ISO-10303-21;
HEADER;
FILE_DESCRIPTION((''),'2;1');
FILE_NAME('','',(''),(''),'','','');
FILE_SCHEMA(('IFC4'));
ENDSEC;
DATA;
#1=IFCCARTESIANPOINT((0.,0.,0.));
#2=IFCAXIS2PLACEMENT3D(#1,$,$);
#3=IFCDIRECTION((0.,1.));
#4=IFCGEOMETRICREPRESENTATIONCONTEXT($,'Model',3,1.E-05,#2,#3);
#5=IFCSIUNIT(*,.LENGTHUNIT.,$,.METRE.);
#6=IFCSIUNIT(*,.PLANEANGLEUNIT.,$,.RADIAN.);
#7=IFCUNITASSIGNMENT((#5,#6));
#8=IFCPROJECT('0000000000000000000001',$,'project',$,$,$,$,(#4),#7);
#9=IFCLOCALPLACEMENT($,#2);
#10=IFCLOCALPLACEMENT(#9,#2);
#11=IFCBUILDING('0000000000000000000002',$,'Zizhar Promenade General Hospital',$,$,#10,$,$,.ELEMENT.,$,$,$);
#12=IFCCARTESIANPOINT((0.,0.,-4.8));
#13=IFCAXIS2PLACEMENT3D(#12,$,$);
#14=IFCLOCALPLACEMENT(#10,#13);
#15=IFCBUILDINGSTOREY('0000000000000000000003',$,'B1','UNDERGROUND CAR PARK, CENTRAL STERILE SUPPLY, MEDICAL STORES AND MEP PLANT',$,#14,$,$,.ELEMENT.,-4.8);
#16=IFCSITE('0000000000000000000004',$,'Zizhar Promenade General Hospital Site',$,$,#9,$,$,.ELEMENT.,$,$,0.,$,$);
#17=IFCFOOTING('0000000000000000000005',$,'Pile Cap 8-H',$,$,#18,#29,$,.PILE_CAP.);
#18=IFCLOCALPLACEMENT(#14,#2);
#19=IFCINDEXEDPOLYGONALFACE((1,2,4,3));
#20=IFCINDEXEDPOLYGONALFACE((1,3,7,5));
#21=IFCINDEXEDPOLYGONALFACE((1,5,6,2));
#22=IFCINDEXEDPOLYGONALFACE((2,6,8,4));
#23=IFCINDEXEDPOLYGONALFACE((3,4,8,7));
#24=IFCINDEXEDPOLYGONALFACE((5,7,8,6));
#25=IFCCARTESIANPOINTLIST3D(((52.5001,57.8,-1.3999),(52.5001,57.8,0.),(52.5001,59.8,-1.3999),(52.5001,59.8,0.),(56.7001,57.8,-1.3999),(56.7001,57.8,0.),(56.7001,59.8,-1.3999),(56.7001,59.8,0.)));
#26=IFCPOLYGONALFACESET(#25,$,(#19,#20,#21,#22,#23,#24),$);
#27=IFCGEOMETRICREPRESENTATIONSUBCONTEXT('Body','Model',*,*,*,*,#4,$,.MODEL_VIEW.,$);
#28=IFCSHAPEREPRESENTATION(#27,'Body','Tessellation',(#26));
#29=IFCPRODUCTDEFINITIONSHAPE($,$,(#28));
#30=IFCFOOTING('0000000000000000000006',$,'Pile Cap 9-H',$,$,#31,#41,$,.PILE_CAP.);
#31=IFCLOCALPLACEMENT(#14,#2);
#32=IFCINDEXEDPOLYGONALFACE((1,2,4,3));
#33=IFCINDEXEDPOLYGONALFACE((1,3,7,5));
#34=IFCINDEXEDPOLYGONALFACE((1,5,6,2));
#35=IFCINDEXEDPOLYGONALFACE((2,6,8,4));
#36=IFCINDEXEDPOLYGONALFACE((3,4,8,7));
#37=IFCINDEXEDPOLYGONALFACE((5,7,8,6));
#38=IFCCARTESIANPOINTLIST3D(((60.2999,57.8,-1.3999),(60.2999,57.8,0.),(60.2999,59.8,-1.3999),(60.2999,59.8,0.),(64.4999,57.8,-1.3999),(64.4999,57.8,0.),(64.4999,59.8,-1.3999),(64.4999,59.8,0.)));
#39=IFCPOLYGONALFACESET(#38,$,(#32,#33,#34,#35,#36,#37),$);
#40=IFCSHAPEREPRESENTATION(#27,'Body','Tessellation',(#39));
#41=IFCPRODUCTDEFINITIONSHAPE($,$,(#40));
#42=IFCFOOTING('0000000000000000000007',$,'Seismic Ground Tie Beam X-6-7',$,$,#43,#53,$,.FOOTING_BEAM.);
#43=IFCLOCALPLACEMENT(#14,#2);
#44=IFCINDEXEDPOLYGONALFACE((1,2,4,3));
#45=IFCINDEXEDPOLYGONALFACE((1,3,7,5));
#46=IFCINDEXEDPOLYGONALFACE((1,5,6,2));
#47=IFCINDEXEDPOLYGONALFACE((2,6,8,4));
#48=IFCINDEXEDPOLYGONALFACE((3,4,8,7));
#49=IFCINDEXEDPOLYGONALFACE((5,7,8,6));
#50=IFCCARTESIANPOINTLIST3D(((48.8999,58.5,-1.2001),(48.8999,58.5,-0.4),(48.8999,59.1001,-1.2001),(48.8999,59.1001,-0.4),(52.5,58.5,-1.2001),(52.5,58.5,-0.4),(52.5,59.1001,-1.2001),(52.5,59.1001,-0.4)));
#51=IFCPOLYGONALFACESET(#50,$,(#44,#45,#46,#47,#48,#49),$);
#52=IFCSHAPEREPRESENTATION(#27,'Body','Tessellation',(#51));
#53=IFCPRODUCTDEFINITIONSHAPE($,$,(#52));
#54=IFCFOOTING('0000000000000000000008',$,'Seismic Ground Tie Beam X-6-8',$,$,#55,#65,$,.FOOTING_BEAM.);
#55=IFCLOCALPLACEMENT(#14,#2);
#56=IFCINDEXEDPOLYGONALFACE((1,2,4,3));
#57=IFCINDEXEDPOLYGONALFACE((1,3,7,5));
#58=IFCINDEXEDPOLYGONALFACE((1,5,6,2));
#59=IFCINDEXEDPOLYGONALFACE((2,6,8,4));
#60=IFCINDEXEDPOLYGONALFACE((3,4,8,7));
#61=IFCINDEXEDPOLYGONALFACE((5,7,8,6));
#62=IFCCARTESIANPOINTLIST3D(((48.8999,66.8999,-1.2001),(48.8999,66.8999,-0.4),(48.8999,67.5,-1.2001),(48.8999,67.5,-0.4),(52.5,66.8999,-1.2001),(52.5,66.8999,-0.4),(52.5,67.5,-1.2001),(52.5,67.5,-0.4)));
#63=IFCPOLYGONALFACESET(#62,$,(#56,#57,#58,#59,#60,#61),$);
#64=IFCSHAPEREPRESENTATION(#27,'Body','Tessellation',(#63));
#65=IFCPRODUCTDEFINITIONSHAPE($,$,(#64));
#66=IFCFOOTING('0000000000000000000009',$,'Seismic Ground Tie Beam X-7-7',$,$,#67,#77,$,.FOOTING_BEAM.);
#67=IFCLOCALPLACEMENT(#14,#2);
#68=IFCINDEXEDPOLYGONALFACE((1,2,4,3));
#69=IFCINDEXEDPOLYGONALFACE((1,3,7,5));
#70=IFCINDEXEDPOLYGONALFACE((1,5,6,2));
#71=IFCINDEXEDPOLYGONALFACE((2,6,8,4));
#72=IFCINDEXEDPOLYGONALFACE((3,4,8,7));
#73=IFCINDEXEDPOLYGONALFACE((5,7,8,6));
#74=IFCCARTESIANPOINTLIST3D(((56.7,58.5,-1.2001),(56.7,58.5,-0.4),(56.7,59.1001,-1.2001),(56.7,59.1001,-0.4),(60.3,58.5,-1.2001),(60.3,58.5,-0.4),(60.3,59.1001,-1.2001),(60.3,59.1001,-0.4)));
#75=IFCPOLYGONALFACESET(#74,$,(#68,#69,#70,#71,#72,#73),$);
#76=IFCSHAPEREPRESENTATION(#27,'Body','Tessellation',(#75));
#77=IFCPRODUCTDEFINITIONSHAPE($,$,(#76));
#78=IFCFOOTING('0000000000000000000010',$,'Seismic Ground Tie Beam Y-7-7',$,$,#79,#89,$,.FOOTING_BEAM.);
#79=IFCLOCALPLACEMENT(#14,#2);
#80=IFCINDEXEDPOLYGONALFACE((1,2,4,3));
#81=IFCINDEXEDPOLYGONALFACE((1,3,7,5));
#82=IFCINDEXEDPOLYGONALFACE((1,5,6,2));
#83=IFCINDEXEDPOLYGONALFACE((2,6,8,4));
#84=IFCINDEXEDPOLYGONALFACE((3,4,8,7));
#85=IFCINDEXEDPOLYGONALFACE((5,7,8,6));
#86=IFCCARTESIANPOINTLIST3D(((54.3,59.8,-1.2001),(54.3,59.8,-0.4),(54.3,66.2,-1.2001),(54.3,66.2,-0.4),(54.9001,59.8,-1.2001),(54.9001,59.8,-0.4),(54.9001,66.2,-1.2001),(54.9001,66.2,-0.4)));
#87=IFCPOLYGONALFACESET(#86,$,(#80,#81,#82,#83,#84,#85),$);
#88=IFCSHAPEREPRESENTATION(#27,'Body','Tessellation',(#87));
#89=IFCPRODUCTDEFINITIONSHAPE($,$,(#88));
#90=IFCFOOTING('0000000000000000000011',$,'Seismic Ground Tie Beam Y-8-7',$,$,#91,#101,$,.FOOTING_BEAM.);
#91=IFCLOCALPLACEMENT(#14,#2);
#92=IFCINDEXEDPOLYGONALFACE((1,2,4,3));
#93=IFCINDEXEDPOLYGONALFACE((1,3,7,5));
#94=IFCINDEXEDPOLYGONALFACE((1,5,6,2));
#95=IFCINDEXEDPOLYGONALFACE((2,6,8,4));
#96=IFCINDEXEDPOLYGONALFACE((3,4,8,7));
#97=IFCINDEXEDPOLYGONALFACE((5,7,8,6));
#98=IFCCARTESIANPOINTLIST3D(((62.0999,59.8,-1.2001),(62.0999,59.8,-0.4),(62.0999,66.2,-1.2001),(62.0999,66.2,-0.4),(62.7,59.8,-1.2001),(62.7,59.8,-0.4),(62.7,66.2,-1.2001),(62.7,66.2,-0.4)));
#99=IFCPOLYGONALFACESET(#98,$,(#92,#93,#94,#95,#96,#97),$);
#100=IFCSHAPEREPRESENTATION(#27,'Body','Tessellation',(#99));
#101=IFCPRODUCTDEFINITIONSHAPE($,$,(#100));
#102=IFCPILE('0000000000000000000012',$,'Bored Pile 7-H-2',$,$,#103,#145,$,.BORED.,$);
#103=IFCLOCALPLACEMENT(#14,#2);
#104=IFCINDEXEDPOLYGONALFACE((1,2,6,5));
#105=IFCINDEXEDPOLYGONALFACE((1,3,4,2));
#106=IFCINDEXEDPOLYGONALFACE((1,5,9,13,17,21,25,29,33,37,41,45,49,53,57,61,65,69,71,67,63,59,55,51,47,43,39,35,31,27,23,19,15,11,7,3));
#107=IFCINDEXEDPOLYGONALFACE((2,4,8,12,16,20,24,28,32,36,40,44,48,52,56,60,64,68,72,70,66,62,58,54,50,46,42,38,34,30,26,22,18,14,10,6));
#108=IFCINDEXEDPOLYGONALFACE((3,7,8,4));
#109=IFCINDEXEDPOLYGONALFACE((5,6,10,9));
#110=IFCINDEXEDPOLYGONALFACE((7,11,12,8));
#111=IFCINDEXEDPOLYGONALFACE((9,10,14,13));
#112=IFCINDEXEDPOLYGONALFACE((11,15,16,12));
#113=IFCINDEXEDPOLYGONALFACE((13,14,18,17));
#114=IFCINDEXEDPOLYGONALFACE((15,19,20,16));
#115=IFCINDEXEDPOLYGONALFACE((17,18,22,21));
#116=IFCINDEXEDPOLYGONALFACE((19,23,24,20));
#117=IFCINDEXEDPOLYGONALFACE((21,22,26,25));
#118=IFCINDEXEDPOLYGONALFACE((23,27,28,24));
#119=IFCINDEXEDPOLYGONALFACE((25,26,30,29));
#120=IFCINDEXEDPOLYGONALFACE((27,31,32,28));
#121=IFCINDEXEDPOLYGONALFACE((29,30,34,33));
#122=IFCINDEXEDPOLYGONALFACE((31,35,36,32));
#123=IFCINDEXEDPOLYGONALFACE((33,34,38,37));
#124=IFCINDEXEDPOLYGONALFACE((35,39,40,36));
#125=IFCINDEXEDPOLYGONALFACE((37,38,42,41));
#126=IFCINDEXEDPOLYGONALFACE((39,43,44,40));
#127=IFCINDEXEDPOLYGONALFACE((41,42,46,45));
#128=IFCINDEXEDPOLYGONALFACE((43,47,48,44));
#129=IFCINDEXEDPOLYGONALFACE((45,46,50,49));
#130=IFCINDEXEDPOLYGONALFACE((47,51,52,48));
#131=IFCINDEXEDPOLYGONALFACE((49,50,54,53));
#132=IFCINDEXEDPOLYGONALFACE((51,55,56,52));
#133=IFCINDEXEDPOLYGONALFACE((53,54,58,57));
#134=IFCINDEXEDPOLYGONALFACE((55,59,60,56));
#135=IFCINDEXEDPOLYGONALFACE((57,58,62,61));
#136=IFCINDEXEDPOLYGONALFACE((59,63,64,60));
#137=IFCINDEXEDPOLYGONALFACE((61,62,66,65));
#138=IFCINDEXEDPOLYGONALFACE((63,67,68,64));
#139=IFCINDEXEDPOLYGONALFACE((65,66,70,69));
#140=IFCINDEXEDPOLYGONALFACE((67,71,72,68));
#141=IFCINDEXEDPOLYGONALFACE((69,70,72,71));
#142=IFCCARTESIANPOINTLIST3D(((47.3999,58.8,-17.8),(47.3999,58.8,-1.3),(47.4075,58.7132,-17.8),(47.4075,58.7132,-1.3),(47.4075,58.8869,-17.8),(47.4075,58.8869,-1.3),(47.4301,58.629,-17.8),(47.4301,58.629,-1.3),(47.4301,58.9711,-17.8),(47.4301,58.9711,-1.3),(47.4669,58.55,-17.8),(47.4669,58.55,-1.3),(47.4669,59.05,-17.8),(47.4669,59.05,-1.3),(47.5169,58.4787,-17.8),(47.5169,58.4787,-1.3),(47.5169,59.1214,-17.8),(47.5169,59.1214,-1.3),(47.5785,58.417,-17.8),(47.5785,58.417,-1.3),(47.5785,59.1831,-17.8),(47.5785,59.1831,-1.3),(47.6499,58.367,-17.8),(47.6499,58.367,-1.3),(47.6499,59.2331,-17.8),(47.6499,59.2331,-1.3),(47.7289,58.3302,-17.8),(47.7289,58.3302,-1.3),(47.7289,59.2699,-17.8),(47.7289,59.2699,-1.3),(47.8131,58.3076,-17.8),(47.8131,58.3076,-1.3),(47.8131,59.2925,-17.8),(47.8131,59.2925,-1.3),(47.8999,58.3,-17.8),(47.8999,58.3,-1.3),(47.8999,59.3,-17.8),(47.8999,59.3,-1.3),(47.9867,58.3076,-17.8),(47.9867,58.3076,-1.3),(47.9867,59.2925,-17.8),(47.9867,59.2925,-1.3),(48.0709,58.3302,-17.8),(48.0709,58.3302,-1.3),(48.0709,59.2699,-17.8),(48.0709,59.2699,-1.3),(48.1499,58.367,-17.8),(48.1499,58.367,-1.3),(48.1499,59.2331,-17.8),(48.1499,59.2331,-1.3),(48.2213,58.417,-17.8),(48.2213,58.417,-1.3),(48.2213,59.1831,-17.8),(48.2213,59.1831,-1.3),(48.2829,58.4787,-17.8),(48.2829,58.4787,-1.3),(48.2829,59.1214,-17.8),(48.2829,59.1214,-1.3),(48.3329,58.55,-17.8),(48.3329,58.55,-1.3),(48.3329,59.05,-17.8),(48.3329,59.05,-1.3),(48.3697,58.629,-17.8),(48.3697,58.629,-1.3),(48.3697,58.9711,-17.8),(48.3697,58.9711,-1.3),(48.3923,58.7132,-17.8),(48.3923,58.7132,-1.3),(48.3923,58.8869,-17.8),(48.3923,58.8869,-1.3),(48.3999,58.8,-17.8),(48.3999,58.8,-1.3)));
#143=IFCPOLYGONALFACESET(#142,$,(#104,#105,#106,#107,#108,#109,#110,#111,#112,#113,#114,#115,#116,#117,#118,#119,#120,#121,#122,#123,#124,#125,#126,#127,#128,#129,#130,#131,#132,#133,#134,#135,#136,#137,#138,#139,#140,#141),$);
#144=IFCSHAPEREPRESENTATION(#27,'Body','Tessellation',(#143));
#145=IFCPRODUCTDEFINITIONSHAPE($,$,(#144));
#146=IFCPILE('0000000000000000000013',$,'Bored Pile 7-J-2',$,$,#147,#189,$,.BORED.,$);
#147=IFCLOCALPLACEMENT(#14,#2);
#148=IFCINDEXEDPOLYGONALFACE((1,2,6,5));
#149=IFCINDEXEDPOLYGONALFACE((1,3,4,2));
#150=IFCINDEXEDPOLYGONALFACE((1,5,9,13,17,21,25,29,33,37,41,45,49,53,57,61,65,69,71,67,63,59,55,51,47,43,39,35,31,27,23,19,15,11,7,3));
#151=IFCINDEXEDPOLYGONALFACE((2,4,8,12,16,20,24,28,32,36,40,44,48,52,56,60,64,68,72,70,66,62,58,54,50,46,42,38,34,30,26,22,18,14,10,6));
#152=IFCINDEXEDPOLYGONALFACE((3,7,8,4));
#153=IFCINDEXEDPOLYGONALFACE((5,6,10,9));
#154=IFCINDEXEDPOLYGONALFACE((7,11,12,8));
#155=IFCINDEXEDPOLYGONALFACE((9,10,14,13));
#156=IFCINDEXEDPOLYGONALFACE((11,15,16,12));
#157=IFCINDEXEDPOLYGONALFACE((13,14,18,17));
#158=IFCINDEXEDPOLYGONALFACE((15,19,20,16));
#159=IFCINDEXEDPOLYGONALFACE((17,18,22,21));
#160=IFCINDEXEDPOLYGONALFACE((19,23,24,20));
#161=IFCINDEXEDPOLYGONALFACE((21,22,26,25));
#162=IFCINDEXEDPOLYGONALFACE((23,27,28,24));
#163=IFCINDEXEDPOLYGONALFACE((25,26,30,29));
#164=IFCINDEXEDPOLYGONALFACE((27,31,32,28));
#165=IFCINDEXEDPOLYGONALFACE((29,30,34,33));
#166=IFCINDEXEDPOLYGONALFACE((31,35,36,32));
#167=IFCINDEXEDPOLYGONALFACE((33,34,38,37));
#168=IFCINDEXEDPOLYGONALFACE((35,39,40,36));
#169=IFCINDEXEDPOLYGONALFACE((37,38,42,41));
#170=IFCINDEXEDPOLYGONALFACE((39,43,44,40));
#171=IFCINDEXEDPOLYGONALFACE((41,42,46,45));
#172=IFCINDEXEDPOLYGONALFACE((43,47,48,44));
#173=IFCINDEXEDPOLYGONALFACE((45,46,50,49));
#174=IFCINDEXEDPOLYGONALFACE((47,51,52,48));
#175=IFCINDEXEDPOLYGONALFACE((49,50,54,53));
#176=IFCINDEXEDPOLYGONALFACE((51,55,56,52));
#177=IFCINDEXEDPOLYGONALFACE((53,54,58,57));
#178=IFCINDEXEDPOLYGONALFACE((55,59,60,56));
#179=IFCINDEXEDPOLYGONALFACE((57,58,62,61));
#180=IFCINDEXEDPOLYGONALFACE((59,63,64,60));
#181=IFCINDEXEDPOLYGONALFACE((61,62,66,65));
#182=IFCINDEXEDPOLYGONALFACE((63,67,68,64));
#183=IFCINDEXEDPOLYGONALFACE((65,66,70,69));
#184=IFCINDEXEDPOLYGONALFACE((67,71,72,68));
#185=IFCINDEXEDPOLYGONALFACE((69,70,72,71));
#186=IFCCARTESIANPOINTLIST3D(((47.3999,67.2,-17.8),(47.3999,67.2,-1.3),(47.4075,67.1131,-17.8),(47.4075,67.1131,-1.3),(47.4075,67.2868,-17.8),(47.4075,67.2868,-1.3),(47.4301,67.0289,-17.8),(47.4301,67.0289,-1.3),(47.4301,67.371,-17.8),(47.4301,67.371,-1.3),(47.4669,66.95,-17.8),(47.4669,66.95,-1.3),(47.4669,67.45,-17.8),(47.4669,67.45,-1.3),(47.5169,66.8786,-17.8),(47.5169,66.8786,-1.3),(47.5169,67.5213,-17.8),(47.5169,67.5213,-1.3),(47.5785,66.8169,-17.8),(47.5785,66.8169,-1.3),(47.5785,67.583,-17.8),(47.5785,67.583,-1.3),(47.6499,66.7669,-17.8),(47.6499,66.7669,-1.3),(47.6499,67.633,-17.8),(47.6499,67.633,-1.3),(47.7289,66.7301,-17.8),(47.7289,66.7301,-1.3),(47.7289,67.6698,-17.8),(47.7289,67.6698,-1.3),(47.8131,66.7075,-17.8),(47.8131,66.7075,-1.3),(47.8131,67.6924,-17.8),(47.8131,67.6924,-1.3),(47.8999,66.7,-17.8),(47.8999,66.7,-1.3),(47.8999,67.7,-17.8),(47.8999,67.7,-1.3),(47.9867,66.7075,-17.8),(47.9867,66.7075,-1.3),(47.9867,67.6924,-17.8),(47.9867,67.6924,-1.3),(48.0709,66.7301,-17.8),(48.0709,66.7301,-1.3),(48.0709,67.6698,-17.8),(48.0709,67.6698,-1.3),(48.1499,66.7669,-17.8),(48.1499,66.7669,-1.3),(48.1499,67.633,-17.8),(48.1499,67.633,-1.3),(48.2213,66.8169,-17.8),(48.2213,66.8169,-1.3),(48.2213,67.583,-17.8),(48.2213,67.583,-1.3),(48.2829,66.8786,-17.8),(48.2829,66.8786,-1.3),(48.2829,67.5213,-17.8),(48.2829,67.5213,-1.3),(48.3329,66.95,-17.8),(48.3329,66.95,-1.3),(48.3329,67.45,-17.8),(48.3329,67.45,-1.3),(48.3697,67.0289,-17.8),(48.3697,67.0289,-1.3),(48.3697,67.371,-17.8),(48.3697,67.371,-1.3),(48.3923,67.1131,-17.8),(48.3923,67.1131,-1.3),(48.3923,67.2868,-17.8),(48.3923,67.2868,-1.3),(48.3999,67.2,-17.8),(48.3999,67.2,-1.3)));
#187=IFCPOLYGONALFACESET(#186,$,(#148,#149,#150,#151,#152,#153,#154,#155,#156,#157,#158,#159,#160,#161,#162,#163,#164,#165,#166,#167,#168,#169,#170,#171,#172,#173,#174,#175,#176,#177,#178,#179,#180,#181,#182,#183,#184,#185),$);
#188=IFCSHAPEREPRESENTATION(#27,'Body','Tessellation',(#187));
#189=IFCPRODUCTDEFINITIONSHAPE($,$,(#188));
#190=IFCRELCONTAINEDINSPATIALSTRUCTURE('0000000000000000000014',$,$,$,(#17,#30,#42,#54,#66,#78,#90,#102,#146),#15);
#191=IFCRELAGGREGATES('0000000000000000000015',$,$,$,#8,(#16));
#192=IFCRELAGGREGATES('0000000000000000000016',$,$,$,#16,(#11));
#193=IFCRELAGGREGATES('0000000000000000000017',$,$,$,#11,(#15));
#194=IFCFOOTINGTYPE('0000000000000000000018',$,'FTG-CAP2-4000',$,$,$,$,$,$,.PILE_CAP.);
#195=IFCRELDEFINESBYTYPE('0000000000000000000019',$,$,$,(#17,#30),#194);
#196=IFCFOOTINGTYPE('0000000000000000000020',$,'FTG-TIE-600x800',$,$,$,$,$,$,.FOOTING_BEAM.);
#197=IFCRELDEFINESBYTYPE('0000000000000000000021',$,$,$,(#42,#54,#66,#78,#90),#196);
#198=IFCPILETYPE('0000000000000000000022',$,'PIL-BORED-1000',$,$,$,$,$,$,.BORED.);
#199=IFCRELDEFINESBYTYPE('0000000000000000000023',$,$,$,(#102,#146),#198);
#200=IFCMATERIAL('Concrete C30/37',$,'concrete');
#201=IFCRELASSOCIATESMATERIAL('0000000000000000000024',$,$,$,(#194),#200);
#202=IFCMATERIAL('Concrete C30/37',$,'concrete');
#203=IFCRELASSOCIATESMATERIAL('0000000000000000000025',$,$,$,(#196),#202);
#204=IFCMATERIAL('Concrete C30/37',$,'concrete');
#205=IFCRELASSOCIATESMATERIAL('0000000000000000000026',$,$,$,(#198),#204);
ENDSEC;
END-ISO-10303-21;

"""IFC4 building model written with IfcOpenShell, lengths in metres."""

from ifc_helpers import new_model, si_unit, direction, frame, origin, origin_2d, place, context, subcontext, project, spatial, rectangle, circle, extrude, material, material_profile, profile_set, type_object, element, save


model = new_model("IFC4")

# Units and contexts
model_context = context("Model", 3, precision=1e-05, world=origin(), true_north=direction((0.0, 1.0)))
body_context = subcontext(model_context, "Body", "Model", "MODEL_VIEW")
ifc_project = project(units=[si_unit("LENGTHUNIT", "METRE"), si_unit("PLANEANGLEUNIT", "RADIAN")], contexts=[model_context])

# Site, building, storey
site_placement = place(None, origin())
site = spatial("IfcSite", under=ifc_project, at=site_placement, Name="Zizhar Promenade General Hospital Site", CompositionType="ELEMENT", RefElevation=0.0)
building_placement = place(site_placement, origin())
building = spatial("IfcBuilding", under=site, at=building_placement, Name="Zizhar Promenade General Hospital", CompositionType="ELEMENT")
storey_placement = place(building_placement, frame((0.0, 0.0, -4.8)))
storey = spatial("IfcBuildingStorey", under=building, at=storey_placement, Name="B1", Description="UNDERGROUND CAR PARK, CENTRAL STERILE SUPPLY, MEDICAL STORES AND MEP PLANT", CompositionType="ELEMENT", Elevation=-4.8)

# Footings
ifc_material_1 = material(Name="Concrete C30/37", Category="concrete")
footing_type_1 = type_object("IfcFootingType", Name="FTG-CAP2-4000", PredefinedType="PILE_CAP", material=ifc_material_1)
for number, where, z_axis, x_axis, name in (
    (1, (54.6001, 58.8, -1.3999), (0.0, 0.0, 1.0), (1.0, 0.0, 0.0), "Pile Cap 8-H"),
    (2, (62.3999, 58.8, -1.3999), (0.0, 0.0, 1.0), (1.0, 0.0, 0.0), "Pile Cap 9-H"),
):
    element("IfcFooting", number, at=place(storey_placement, frame(where, z_axis=z_axis, x_axis=x_axis)), inside=storey, type_object=footing_type_1, Name=name, PredefinedType="PILE_CAP", context=body_context, shape_type="SweptSolid", body=[
        extrude(rectangle(XDim=4.2, YDim=2.0, at=origin_2d()), origin(), (0.0, 0.0, 1.0), 1.3999),
    ])
ifc_material_2 = material(Name="Concrete C30/37", Category="concrete")
ifc_material_profile_1 = material_profile(ifc_material_2, rectangle(XDim=0.6001, YDim=0.8, at=origin_2d()))
ifc_profile_set_1 = profile_set([ifc_material_profile_1], Name="Concrete C30/37")
footing_type_2 = type_object("IfcFootingType", Name="FTG-TIE-600x800", PredefinedType="FOOTING_BEAM", material=ifc_profile_set_1)
for number, where, z_axis, x_axis, name in (
    (3, (48.8999, 58.8, -0.8), (1.0, 0.0, 0.0), (0.0, 1.0, 0.0), "Seismic Ground Tie Beam X-6-7"),
    (4, (48.8999, 67.2, -0.8), (1.0, 0.0, 0.0), (0.0, 1.0, 0.0), "Seismic Ground Tie Beam X-6-8"),
    (5, (56.7, 58.8, -0.8), (1.0, 0.0, 0.0), (0.0, 1.0, 0.0), "Seismic Ground Tie Beam X-7-7"),
):
    element("IfcFooting", number, at=place(storey_placement, frame(where, z_axis=z_axis, x_axis=x_axis)), inside=storey, type_object=footing_type_2, Name=name, PredefinedType="FOOTING_BEAM", context=body_context, shape_type="SweptSolid", body=[
        extrude(rectangle(XDim=0.6001, YDim=0.8, at=origin_2d()), origin(), (0.0, 0.0, 1.0), 3.6001),
    ])
for number, where, z_axis, x_axis, name in (
    (6, (54.6001, 59.8, -0.8), (0.0, 1.0, 0.0), (-1.0, 0.0, 0.0), "Seismic Ground Tie Beam Y-7-7"),
    (7, (62.3999, 59.8, -0.8), (0.0, 1.0, 0.0), (-1.0, 0.0, 0.0), "Seismic Ground Tie Beam Y-8-7"),
):
    element("IfcFooting", number, at=place(storey_placement, frame(where, z_axis=z_axis, x_axis=x_axis)), inside=storey, type_object=footing_type_2, Name=name, PredefinedType="FOOTING_BEAM", context=body_context, shape_type="SweptSolid", body=[
        extrude(rectangle(XDim=0.6001, YDim=0.8, at=origin_2d()), origin(), (0.0, 0.0, 1.0), 6.3999),
    ])

# Piles
ifc_material_3 = material(Name="Concrete C30/37", Category="concrete")
ifc_material_profile_2 = material_profile(ifc_material_3, circle(Radius=0.5, at=origin_2d()))
ifc_profile_set_2 = profile_set([ifc_material_profile_2], Name="Concrete C30/37")
pile_type = type_object("IfcPileType", Name="PIL-BORED-1000", PredefinedType="BORED", material=ifc_profile_set_2)
for number, where, z_axis, x_axis, name in (
    (8, (47.8999, 58.8, -1.3), (0.0, 0.0, -1.0), (1.0, 0.0, 0.0), "Bored Pile 7-H-2"),
    (9, (47.8999, 67.2, -1.3), (0.0, 0.0, -1.0), (1.0, 0.0, 0.0), "Bored Pile 7-J-2"),
):
    element("IfcPile", number, at=place(storey_placement, frame(where, z_axis=z_axis, x_axis=x_axis)), inside=storey, type_object=pile_type, Name=name, PredefinedType="BORED", context=body_context, shape_type="SweptSolid", body=[
        extrude(circle(Radius=0.5, at=origin_2d()), origin(), (0.0, 0.0, 1.0), 16.5),
    ])

save(model, "model.ifc")
